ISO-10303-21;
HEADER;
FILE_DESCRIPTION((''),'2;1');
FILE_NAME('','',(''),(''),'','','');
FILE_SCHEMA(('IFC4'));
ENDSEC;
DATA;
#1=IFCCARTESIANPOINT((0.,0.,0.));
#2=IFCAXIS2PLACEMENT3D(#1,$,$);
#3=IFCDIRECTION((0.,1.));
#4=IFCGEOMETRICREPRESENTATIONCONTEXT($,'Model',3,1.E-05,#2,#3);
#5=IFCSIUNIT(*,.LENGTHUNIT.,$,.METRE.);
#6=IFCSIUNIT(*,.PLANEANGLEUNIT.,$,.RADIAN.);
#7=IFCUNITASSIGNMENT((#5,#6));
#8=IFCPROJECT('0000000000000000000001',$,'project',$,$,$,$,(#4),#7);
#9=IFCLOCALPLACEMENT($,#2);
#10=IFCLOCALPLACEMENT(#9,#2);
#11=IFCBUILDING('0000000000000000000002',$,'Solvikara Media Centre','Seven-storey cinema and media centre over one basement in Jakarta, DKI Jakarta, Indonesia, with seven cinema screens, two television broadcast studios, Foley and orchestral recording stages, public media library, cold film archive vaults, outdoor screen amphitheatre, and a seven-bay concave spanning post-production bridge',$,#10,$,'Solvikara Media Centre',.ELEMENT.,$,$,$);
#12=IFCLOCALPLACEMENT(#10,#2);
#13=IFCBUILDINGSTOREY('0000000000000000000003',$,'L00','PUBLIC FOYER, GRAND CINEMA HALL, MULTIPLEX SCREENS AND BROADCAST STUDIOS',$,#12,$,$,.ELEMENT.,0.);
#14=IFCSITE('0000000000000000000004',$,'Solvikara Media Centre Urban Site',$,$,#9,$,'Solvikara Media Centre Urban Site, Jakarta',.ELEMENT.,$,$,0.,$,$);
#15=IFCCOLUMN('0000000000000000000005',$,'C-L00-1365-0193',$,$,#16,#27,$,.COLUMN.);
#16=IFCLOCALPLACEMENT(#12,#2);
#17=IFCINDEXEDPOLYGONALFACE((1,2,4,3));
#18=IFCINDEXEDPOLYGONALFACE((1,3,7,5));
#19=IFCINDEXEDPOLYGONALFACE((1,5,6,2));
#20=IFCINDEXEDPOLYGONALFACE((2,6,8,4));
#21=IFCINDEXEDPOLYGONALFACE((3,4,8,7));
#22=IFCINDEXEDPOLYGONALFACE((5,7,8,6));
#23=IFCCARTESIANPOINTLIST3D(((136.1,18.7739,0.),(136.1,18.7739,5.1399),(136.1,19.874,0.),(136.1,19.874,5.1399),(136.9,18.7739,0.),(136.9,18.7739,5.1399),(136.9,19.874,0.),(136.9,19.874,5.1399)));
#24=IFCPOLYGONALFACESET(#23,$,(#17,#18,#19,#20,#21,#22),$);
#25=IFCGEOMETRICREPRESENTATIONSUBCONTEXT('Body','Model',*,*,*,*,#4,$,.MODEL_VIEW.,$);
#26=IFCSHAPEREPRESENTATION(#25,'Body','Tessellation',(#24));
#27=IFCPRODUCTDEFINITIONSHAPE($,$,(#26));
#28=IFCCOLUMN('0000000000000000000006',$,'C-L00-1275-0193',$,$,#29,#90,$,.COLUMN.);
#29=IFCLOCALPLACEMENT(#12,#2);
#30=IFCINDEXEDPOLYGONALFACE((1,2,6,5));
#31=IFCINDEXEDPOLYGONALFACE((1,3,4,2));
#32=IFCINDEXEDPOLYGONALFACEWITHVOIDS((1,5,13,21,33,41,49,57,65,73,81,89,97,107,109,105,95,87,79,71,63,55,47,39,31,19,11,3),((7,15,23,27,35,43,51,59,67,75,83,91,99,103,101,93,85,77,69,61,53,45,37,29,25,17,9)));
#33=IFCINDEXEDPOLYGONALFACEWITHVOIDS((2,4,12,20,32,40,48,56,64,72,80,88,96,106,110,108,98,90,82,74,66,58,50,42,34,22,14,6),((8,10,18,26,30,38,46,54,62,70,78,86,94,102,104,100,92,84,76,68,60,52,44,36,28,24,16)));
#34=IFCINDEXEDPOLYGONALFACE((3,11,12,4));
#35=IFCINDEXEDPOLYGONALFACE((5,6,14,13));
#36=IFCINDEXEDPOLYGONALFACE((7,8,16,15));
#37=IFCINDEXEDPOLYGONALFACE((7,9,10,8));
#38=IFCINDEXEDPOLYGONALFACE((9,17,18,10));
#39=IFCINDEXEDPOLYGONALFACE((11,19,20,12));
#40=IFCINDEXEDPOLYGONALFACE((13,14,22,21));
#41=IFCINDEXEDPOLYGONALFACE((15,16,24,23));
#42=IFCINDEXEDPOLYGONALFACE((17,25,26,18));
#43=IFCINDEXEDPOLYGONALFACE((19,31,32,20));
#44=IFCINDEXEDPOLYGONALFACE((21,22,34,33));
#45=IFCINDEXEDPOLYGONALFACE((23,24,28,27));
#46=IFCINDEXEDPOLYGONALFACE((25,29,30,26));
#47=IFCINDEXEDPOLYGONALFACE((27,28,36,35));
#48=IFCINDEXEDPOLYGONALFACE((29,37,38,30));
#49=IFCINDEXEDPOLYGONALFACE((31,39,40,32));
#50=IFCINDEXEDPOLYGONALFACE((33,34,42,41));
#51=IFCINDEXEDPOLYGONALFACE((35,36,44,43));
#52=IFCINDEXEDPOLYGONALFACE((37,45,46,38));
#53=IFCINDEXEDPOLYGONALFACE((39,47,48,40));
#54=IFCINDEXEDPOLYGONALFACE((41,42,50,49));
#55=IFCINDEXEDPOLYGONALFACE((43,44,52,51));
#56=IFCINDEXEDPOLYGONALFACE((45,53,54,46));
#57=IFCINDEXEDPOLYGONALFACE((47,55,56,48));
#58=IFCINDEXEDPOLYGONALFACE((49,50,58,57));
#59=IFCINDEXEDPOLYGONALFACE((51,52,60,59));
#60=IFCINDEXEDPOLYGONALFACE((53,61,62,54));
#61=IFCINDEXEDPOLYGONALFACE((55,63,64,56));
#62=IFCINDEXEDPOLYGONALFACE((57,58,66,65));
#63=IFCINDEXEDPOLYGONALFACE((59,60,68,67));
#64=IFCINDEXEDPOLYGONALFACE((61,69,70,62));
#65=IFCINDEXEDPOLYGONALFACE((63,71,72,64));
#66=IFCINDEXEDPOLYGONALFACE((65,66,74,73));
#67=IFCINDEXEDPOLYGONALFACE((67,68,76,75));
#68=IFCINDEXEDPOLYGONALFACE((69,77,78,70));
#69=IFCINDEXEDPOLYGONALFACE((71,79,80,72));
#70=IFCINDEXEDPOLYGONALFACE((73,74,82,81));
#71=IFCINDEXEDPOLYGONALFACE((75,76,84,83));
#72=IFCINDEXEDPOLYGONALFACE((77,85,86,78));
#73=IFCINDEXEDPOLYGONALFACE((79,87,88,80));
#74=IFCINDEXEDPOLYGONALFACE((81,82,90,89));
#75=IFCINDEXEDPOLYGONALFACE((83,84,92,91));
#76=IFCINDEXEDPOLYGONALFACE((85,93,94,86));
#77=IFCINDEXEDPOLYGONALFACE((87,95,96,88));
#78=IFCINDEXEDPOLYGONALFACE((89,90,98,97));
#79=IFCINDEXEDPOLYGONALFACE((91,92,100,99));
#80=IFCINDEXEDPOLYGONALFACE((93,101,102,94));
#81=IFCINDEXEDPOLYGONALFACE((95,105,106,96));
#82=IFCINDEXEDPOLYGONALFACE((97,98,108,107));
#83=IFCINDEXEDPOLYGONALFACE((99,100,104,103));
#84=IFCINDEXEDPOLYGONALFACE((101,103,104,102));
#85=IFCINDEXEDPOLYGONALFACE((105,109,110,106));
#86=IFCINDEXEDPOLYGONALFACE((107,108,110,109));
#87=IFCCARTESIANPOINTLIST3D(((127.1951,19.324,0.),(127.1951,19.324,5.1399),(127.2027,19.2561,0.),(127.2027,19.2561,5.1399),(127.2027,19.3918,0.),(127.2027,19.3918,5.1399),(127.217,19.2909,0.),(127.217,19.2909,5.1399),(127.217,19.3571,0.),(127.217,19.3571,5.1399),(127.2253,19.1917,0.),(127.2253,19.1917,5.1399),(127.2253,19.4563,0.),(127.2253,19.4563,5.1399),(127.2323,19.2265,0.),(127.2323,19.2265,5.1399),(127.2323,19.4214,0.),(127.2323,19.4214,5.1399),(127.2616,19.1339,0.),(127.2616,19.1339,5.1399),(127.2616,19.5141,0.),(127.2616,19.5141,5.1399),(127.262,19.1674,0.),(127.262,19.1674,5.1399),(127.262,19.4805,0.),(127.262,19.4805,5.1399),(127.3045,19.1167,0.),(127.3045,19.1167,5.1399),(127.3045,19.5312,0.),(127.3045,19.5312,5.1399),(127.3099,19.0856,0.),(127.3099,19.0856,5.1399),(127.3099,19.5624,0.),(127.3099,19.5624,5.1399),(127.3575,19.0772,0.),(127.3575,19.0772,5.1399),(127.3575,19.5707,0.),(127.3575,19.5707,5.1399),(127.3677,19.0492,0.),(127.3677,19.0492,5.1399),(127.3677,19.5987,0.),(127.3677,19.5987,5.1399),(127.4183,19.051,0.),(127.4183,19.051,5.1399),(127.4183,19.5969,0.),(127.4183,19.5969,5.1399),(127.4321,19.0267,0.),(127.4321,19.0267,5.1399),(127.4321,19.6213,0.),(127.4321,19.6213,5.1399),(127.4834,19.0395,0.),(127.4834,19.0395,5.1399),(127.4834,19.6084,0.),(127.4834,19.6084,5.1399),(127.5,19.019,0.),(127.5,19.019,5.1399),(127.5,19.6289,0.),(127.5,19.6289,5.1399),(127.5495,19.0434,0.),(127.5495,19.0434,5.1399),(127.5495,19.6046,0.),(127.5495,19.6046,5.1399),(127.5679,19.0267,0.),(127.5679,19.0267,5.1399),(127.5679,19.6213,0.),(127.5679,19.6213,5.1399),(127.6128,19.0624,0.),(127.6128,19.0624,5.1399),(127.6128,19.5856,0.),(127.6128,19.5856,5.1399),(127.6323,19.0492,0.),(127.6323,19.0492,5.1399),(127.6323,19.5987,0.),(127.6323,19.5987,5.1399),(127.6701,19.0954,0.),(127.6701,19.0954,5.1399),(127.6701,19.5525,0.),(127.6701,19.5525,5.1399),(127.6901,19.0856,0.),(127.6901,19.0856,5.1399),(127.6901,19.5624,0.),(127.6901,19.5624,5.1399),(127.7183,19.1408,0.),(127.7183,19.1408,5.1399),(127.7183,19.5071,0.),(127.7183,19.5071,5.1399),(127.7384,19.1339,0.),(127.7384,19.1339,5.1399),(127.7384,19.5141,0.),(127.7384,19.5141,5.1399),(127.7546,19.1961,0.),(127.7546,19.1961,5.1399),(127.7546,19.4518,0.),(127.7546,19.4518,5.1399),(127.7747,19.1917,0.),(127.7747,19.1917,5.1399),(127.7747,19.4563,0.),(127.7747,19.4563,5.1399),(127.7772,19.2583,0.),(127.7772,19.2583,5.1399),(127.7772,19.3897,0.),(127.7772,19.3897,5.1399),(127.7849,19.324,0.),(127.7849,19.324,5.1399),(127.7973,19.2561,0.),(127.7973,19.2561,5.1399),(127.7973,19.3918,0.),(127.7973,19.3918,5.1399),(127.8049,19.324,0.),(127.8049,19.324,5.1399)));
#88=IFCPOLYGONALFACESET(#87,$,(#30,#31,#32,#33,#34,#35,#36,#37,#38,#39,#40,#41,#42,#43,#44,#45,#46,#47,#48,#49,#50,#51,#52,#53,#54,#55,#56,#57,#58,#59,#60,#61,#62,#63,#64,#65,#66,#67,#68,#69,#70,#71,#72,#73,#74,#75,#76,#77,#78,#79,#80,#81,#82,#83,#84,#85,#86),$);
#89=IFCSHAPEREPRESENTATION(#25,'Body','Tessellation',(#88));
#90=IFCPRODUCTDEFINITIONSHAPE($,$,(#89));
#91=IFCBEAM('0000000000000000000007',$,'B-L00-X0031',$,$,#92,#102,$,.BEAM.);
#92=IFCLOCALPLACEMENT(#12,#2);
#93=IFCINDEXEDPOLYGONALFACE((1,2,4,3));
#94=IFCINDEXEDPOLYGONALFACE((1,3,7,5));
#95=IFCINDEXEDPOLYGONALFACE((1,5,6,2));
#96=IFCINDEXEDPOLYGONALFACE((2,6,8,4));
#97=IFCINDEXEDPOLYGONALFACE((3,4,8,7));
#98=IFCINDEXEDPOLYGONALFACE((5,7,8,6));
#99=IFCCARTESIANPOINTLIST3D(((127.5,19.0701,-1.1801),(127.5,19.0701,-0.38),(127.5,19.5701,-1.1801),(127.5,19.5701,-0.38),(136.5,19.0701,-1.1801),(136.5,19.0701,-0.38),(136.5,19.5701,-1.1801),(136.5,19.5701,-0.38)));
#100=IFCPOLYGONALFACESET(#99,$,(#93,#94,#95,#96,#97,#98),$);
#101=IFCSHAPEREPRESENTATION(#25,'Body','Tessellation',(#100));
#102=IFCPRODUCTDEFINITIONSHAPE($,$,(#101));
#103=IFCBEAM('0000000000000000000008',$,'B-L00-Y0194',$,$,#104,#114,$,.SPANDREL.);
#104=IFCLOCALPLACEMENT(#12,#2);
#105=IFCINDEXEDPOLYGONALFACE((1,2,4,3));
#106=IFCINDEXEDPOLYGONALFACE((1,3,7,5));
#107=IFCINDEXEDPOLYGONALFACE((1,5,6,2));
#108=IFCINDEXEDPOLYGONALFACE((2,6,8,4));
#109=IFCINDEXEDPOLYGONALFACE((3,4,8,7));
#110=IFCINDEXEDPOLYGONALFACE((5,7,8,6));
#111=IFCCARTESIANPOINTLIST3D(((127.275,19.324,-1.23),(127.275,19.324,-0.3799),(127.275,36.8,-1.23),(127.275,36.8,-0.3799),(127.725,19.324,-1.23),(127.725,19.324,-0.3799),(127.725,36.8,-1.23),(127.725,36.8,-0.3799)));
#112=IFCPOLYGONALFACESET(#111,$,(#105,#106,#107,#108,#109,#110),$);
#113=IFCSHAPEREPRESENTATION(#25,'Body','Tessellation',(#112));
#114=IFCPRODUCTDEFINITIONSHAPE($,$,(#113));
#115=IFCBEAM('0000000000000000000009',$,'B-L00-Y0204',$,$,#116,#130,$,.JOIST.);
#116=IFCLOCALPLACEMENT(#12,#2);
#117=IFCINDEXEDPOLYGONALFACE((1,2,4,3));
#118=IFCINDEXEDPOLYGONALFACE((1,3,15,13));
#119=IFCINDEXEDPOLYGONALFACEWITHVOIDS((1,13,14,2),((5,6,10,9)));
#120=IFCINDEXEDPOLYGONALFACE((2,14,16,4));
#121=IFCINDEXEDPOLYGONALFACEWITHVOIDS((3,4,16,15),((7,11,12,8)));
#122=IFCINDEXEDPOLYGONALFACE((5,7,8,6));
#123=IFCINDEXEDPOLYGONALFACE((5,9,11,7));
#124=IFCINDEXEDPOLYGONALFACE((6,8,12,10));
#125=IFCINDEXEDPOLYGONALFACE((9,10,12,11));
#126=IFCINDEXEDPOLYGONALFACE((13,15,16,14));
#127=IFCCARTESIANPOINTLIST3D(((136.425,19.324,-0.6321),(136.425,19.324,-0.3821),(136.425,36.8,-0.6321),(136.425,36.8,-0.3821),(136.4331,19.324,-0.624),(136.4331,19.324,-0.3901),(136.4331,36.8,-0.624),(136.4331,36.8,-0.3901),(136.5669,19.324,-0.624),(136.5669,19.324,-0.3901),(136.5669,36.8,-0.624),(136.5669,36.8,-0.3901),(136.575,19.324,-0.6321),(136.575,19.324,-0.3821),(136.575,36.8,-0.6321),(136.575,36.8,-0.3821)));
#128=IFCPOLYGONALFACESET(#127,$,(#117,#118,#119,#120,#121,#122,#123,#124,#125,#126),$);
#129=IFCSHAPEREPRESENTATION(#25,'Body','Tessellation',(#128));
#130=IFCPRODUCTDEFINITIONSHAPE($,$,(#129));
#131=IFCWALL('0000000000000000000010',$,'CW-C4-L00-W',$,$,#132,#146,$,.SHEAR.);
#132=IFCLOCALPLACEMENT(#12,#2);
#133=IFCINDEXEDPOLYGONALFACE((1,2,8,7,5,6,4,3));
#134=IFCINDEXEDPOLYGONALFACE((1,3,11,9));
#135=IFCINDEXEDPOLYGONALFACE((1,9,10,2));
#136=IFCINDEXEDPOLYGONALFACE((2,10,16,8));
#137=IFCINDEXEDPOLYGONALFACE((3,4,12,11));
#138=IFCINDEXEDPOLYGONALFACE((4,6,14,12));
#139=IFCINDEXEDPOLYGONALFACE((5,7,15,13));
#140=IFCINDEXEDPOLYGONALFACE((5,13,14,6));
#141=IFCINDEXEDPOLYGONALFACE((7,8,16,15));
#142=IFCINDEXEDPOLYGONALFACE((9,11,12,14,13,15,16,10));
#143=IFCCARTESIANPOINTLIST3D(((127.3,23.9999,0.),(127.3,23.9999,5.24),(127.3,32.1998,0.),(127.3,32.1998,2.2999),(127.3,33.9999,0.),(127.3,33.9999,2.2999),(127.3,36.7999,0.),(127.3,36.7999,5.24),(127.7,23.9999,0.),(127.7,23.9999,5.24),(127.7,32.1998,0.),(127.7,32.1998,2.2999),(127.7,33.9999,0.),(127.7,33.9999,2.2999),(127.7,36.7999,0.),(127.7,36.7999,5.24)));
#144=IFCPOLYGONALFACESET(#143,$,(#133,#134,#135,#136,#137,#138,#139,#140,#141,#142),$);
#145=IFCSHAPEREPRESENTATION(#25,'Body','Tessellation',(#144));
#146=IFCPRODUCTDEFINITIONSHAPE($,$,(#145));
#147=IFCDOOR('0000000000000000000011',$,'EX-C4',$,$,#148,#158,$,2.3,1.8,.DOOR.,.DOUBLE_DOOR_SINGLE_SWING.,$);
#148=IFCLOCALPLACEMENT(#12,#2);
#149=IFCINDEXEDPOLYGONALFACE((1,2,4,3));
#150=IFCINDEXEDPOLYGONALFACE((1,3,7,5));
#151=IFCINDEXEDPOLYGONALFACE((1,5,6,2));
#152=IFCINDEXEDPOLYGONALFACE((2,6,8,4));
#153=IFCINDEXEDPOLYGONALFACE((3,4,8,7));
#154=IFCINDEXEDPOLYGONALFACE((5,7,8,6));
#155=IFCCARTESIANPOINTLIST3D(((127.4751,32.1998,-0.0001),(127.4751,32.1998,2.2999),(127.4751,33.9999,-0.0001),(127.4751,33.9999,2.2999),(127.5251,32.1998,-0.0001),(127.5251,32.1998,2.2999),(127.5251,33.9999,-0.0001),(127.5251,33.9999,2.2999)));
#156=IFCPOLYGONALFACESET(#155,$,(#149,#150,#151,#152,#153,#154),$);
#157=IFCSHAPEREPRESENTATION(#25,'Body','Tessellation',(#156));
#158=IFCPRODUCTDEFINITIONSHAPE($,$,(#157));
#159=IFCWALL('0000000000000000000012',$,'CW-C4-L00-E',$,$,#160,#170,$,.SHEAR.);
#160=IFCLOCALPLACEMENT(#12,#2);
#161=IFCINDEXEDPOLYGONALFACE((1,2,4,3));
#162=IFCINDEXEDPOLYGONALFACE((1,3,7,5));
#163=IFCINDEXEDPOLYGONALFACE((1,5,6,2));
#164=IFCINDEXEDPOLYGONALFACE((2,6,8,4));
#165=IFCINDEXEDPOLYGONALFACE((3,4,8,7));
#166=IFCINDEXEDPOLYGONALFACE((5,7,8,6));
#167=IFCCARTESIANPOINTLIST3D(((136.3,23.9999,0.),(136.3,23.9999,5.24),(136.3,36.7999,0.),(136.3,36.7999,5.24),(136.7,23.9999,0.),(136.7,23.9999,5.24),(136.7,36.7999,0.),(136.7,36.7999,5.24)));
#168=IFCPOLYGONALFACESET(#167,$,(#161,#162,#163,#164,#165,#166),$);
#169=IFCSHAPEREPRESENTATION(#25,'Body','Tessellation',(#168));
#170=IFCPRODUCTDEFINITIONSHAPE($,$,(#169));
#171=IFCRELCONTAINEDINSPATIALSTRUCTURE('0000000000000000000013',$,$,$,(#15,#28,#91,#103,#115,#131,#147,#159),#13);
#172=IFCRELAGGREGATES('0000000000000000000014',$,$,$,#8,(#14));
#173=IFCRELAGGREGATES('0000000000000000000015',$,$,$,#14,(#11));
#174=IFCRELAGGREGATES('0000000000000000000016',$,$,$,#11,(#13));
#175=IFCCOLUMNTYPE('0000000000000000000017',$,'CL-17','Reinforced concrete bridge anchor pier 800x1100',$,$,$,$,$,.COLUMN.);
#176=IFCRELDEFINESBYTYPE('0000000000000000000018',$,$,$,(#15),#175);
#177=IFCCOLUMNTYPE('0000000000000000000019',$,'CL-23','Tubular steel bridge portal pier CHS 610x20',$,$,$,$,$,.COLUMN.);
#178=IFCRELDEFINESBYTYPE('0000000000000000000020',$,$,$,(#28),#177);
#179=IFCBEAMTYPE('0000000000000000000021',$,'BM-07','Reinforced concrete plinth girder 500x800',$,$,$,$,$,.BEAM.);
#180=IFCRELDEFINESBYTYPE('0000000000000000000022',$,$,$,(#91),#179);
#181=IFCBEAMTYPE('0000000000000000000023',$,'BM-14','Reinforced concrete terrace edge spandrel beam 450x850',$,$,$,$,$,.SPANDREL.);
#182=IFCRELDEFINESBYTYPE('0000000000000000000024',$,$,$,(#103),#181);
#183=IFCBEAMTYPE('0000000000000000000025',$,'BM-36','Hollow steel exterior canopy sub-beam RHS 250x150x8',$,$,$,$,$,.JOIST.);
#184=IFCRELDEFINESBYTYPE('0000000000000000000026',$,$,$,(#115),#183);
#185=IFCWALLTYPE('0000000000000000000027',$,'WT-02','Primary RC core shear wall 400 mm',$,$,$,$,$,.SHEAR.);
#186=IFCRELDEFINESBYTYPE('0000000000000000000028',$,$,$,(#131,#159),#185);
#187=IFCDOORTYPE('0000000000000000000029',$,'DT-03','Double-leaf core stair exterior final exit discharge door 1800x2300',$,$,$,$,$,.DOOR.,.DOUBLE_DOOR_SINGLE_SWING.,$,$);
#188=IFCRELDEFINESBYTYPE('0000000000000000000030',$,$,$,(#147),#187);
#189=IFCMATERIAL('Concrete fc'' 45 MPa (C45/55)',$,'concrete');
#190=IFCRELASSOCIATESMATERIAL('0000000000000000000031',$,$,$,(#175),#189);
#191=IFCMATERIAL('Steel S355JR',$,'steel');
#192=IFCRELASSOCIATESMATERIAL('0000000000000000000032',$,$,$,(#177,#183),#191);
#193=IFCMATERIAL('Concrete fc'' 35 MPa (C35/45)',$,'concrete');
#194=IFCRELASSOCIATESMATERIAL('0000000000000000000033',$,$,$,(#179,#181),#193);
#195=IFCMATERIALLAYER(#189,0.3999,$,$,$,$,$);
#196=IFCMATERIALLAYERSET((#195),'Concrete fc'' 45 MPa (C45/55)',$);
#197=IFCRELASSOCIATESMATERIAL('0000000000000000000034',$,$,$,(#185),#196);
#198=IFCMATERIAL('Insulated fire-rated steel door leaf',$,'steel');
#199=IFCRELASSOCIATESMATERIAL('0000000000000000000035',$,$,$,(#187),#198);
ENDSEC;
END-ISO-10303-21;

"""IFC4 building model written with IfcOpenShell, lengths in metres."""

from ifc_helpers import new_model, si_unit, direction, frame, frame_2d, origin, origin_2d, place, context, subcontext, project, spatial, rectangle, hollow_rectangle, hollow_circle, extrude, material, layer, layer_set, material_profile, profile_set, type_object, element, fill, save


model = new_model("IFC4")

# Units and contexts
model_context = context("Model", 3, precision=1e-05, world=origin(), true_north=direction((0.0, 1.0)))
body_context = subcontext(model_context, "Body", "Model", "MODEL_VIEW")
ifc_project = project(units=[si_unit("LENGTHUNIT", "METRE"), si_unit("PLANEANGLEUNIT", "RADIAN")], contexts=[model_context])

# Site, building, storey
site_placement = place(None, origin())
site = spatial("IfcSite", under=ifc_project, at=site_placement, Name="Solvikara Media Centre Urban Site", LongName="Solvikara Media Centre Urban Site, Jakarta", CompositionType="ELEMENT", RefElevation=0.0)
building_placement = place(site_placement, origin())
building = spatial("IfcBuilding", under=site, at=building_placement, Name="Solvikara Media Centre", Description="Seven-storey cinema and media centre over one basement in Jakarta, DKI Jakarta, Indonesia, with seven cinema screens, two television broadcast studios, Foley and orchestral recording stages, public media library, cold film archive vaults, outdoor screen amphitheatre, and a seven-bay concave spanning post-production bridge", LongName="Solvikara Media Centre", CompositionType="ELEMENT")
storey_placement = place(building_placement, origin())
storey = spatial("IfcBuildingStorey", under=building, at=storey_placement, Name="L00", Description="PUBLIC FOYER, GRAND CINEMA HALL, MULTIPLEX SCREENS AND BROADCAST STUDIOS", CompositionType="ELEMENT", Elevation=0.0)

# Columns
ifc_material_1 = material(Name="Concrete fc' 45 MPa (C45/55)", Category="concrete")
ifc_material_profile_1 = material_profile(ifc_material_1, rectangle(XDim=0.8, YDim=1.1001, at=origin_2d()), Name="RC 800x1100")
ifc_profile_set_1 = profile_set([ifc_material_profile_1], Name="Concrete fc' 45 MPa (C45/55)")
column_type_1 = type_object("IfcColumnType", Name="CL-17", Description="Reinforced concrete bridge anchor pier 800x1100", PredefinedType="COLUMN", material=ifc_profile_set_1)
column_1_placement = place(storey_placement, frame((136.5, 19.324, 0.0), z_axis=(0.0, 0.0, 1.0), x_axis=(1.0, 0.0, 0.0)))
element("IfcColumn", 1, at=column_1_placement, inside=storey, type_object=column_type_1, Name="C-L00-1365-0193", PredefinedType="COLUMN", context=body_context, shape_type="SweptSolid", body=[
    extrude(rectangle(XDim=0.8, YDim=1.1001, at=origin_2d()), origin(), (0.0, 0.0, 1.0), 5.1399),
])
ifc_material_2 = material(Name="Steel S355JR", Category="steel")
ifc_material_profile_2 = material_profile(ifc_material_2, hollow_circle(Radius=0.3049, WallThickness=0.02, at=origin_2d()), Name="CHS 610x20")
ifc_profile_set_2 = profile_set([ifc_material_profile_2], Name="Steel S355JR")
column_type_2 = type_object("IfcColumnType", Name="CL-23", Description="Tubular steel bridge portal pier CHS 610x20", PredefinedType="COLUMN", material=ifc_profile_set_2)
column_2_placement = place(storey_placement, frame((127.5, 19.324, 0.0), z_axis=(0.0, 0.0, 1.0), x_axis=(1.0, 0.0, 0.0)))
element("IfcColumn", 2, at=column_2_placement, inside=storey, type_object=column_type_2, Name="C-L00-1275-0193", PredefinedType="COLUMN", context=body_context, shape_type="SweptSolid", body=[
    extrude(hollow_circle(Radius=0.3049, WallThickness=0.02, at=origin_2d()), origin(), (0.0, 0.0, 1.0), 5.1399),
])

# Beams
ifc_material_3 = material(Name="Concrete fc' 35 MPa (C35/45)", Category="concrete")
ifc_material_profile_3 = material_profile(ifc_material_3, rectangle(XDim=0.5, YDim=0.8, at=origin_2d()), Name="RC 500x800")
ifc_profile_set_3 = profile_set([ifc_material_profile_3], Name="Concrete fc' 35 MPa (C35/45)")
beam_type_1 = type_object("IfcBeamType", Name="BM-07", Description="Reinforced concrete plinth girder 500x800", PredefinedType="BEAM", material=ifc_profile_set_3)
beam_1_placement = place(storey_placement, frame((127.5, 19.3201, -0.78), z_axis=(1.0, 0.0, 0.0), x_axis=(0.0, 1.0, 0.0)))
element("IfcBeam", 3, at=beam_1_placement, inside=storey, type_object=beam_type_1, Name="B-L00-X0031", PredefinedType="BEAM", context=body_context, shape_type="SweptSolid", body=[
    extrude(rectangle(XDim=0.5, YDim=0.8, at=origin_2d()), origin(), (0.0, 0.0, 1.0), 9.0),
])
ifc_material_profile_4 = material_profile(ifc_material_3, rectangle(XDim=0.45, YDim=0.8501, at=origin_2d()), Name="RC 450x850")
ifc_profile_set_4 = profile_set([ifc_material_profile_4], Name="Concrete fc' 35 MPa (C35/45)")
beam_type_2 = type_object("IfcBeamType", Name="BM-14", Description="Reinforced concrete terrace edge spandrel beam 450x850", PredefinedType="SPANDREL", material=ifc_profile_set_4)
beam_2_placement = place(storey_placement, frame((127.5, 19.324, -0.8049), z_axis=(0.0, 1.0, 0.0), x_axis=(-1.0, 0.0, 0.0)))
element("IfcBeam", 4, at=beam_2_placement, inside=storey, type_object=beam_type_2, Name="B-L00-Y0194", PredefinedType="SPANDREL", context=body_context, shape_type="SweptSolid", body=[
    extrude(rectangle(XDim=0.45, YDim=0.8501, at=origin_2d()), origin(), (0.0, 0.0, 1.0), 17.4761),
])
ifc_material_profile_5 = material_profile(ifc_material_2, hollow_rectangle(XDim=0.1499, YDim=0.25, WallThickness=0.0081, at=origin_2d()), Name="RHS 250x150x8")
ifc_profile_set_5 = profile_set([ifc_material_profile_5], Name="Steel S355JR")
beam_type_3 = type_object("IfcBeamType", Name="BM-36", Description="Hollow steel exterior canopy sub-beam RHS 250x150x8", PredefinedType="JOIST", material=ifc_profile_set_5)
beam_3_placement = place(storey_placement, frame((136.5, 19.324, -0.5071), z_axis=(0.0, 1.0, 0.0), x_axis=(-1.0, 0.0, 0.0)))
element("IfcBeam", 5, at=beam_3_placement, inside=storey, type_object=beam_type_3, Name="B-L00-Y0204", PredefinedType="JOIST", context=body_context, shape_type="SweptSolid", body=[
    extrude(hollow_rectangle(XDim=0.1499, YDim=0.25, WallThickness=0.0081, at=origin_2d()), origin(), (0.0, 0.0, 1.0), 17.4761),
])

# Wall, opening, door
ifc_layer_1 = layer(ifc_material_1, 0.3999)
ifc_layer_set_1 = layer_set([ifc_layer_1], Name="Concrete fc' 45 MPa (C45/55)")
wall_type_1 = type_object("IfcWallType", Name="WT-02", Description="Primary RC core shear wall 400 mm", PredefinedType="SHEAR", material=ifc_layer_set_1)
wall_1_placement = place(storey_placement, frame((127.5, 24.0, 0.0), z_axis=(0.0, 0.0, 1.0), x_axis=(0.0, 1.0, 0.0)))
wall_1 = element("IfcWall", 6, at=wall_1_placement, inside=storey, type_object=wall_type_1, Name="CW-C4-L00-W", PredefinedType="SHEAR", context=body_context, shape_type="SweptSolid", body=[
    extrude(rectangle(XDim=12.8, YDim=0.3999, at=frame_2d((6.3999, 0.0))), origin(), (0.0, 0.0, 1.0), 5.24),
])
opening_1_placement = place(wall_1_placement, frame((8.2, 0.0, 0.0)))
opening_1 = element("IfcOpeningElement", 7, at=opening_1_placement, cuts=wall_1, PredefinedType="OPENING", context=body_context, shape_type="SweptSolid", body=[
    extrude(rectangle(XDim=1.8, YDim=2.3, at=frame_2d((0.8999, 1.1499))), frame((0.0, 0.2119, 0.0), z_axis=(0.0, -1.0, 0.0), x_axis=(1.0, 0.0, 0.0)), (0.0, 0.0, 1.0), 0.4238),
])
ifc_material_4 = material(Name="Insulated fire-rated steel door leaf", Category="steel")
door_type_1 = type_object("IfcDoorType", Name="DT-03", Description="Double-leaf core stair exterior final exit discharge door 1800x2300", OperationType="DOUBLE_DOOR_SINGLE_SWING", PredefinedType="DOOR", material=ifc_material_4)
door_1_placement = place(opening_1_placement, origin())
door_1 = element("IfcDoor", 8, at=door_1_placement, inside=storey, type_object=door_type_1, Name="EX-C4", OperationType="DOUBLE_DOOR_SINGLE_SWING", OverallHeight=2.3, OverallWidth=1.8, PredefinedType="DOOR", context=body_context, shape_type="SweptSolid", body=[
    extrude(rectangle(XDim=1.8, YDim=2.3, at=frame_2d((0.8999, 1.1499))), frame((0.0, 0.0249, 0.0), z_axis=(0.0, -1.0, 0.0), x_axis=(1.0, 0.0, 0.0)), (0.0, 0.0, 1.0), 0.05),
])
fill(opening_1, door_1)

# Wall
wall_2_placement = place(storey_placement, frame((136.5, 24.0, 0.0), z_axis=(0.0, 0.0, 1.0), x_axis=(0.0, 1.0, 0.0)))
element("IfcWall", 9, at=wall_2_placement, inside=storey, type_object=wall_type_1, Name="CW-C4-L00-E", PredefinedType="SHEAR", context=body_context, shape_type="SweptSolid", body=[
    extrude(rectangle(XDim=12.8, YDim=0.3999, at=frame_2d((6.3999, 0.0))), origin(), (0.0, 0.0, 1.0), 5.24),
])

save(model, "model.ifc")
